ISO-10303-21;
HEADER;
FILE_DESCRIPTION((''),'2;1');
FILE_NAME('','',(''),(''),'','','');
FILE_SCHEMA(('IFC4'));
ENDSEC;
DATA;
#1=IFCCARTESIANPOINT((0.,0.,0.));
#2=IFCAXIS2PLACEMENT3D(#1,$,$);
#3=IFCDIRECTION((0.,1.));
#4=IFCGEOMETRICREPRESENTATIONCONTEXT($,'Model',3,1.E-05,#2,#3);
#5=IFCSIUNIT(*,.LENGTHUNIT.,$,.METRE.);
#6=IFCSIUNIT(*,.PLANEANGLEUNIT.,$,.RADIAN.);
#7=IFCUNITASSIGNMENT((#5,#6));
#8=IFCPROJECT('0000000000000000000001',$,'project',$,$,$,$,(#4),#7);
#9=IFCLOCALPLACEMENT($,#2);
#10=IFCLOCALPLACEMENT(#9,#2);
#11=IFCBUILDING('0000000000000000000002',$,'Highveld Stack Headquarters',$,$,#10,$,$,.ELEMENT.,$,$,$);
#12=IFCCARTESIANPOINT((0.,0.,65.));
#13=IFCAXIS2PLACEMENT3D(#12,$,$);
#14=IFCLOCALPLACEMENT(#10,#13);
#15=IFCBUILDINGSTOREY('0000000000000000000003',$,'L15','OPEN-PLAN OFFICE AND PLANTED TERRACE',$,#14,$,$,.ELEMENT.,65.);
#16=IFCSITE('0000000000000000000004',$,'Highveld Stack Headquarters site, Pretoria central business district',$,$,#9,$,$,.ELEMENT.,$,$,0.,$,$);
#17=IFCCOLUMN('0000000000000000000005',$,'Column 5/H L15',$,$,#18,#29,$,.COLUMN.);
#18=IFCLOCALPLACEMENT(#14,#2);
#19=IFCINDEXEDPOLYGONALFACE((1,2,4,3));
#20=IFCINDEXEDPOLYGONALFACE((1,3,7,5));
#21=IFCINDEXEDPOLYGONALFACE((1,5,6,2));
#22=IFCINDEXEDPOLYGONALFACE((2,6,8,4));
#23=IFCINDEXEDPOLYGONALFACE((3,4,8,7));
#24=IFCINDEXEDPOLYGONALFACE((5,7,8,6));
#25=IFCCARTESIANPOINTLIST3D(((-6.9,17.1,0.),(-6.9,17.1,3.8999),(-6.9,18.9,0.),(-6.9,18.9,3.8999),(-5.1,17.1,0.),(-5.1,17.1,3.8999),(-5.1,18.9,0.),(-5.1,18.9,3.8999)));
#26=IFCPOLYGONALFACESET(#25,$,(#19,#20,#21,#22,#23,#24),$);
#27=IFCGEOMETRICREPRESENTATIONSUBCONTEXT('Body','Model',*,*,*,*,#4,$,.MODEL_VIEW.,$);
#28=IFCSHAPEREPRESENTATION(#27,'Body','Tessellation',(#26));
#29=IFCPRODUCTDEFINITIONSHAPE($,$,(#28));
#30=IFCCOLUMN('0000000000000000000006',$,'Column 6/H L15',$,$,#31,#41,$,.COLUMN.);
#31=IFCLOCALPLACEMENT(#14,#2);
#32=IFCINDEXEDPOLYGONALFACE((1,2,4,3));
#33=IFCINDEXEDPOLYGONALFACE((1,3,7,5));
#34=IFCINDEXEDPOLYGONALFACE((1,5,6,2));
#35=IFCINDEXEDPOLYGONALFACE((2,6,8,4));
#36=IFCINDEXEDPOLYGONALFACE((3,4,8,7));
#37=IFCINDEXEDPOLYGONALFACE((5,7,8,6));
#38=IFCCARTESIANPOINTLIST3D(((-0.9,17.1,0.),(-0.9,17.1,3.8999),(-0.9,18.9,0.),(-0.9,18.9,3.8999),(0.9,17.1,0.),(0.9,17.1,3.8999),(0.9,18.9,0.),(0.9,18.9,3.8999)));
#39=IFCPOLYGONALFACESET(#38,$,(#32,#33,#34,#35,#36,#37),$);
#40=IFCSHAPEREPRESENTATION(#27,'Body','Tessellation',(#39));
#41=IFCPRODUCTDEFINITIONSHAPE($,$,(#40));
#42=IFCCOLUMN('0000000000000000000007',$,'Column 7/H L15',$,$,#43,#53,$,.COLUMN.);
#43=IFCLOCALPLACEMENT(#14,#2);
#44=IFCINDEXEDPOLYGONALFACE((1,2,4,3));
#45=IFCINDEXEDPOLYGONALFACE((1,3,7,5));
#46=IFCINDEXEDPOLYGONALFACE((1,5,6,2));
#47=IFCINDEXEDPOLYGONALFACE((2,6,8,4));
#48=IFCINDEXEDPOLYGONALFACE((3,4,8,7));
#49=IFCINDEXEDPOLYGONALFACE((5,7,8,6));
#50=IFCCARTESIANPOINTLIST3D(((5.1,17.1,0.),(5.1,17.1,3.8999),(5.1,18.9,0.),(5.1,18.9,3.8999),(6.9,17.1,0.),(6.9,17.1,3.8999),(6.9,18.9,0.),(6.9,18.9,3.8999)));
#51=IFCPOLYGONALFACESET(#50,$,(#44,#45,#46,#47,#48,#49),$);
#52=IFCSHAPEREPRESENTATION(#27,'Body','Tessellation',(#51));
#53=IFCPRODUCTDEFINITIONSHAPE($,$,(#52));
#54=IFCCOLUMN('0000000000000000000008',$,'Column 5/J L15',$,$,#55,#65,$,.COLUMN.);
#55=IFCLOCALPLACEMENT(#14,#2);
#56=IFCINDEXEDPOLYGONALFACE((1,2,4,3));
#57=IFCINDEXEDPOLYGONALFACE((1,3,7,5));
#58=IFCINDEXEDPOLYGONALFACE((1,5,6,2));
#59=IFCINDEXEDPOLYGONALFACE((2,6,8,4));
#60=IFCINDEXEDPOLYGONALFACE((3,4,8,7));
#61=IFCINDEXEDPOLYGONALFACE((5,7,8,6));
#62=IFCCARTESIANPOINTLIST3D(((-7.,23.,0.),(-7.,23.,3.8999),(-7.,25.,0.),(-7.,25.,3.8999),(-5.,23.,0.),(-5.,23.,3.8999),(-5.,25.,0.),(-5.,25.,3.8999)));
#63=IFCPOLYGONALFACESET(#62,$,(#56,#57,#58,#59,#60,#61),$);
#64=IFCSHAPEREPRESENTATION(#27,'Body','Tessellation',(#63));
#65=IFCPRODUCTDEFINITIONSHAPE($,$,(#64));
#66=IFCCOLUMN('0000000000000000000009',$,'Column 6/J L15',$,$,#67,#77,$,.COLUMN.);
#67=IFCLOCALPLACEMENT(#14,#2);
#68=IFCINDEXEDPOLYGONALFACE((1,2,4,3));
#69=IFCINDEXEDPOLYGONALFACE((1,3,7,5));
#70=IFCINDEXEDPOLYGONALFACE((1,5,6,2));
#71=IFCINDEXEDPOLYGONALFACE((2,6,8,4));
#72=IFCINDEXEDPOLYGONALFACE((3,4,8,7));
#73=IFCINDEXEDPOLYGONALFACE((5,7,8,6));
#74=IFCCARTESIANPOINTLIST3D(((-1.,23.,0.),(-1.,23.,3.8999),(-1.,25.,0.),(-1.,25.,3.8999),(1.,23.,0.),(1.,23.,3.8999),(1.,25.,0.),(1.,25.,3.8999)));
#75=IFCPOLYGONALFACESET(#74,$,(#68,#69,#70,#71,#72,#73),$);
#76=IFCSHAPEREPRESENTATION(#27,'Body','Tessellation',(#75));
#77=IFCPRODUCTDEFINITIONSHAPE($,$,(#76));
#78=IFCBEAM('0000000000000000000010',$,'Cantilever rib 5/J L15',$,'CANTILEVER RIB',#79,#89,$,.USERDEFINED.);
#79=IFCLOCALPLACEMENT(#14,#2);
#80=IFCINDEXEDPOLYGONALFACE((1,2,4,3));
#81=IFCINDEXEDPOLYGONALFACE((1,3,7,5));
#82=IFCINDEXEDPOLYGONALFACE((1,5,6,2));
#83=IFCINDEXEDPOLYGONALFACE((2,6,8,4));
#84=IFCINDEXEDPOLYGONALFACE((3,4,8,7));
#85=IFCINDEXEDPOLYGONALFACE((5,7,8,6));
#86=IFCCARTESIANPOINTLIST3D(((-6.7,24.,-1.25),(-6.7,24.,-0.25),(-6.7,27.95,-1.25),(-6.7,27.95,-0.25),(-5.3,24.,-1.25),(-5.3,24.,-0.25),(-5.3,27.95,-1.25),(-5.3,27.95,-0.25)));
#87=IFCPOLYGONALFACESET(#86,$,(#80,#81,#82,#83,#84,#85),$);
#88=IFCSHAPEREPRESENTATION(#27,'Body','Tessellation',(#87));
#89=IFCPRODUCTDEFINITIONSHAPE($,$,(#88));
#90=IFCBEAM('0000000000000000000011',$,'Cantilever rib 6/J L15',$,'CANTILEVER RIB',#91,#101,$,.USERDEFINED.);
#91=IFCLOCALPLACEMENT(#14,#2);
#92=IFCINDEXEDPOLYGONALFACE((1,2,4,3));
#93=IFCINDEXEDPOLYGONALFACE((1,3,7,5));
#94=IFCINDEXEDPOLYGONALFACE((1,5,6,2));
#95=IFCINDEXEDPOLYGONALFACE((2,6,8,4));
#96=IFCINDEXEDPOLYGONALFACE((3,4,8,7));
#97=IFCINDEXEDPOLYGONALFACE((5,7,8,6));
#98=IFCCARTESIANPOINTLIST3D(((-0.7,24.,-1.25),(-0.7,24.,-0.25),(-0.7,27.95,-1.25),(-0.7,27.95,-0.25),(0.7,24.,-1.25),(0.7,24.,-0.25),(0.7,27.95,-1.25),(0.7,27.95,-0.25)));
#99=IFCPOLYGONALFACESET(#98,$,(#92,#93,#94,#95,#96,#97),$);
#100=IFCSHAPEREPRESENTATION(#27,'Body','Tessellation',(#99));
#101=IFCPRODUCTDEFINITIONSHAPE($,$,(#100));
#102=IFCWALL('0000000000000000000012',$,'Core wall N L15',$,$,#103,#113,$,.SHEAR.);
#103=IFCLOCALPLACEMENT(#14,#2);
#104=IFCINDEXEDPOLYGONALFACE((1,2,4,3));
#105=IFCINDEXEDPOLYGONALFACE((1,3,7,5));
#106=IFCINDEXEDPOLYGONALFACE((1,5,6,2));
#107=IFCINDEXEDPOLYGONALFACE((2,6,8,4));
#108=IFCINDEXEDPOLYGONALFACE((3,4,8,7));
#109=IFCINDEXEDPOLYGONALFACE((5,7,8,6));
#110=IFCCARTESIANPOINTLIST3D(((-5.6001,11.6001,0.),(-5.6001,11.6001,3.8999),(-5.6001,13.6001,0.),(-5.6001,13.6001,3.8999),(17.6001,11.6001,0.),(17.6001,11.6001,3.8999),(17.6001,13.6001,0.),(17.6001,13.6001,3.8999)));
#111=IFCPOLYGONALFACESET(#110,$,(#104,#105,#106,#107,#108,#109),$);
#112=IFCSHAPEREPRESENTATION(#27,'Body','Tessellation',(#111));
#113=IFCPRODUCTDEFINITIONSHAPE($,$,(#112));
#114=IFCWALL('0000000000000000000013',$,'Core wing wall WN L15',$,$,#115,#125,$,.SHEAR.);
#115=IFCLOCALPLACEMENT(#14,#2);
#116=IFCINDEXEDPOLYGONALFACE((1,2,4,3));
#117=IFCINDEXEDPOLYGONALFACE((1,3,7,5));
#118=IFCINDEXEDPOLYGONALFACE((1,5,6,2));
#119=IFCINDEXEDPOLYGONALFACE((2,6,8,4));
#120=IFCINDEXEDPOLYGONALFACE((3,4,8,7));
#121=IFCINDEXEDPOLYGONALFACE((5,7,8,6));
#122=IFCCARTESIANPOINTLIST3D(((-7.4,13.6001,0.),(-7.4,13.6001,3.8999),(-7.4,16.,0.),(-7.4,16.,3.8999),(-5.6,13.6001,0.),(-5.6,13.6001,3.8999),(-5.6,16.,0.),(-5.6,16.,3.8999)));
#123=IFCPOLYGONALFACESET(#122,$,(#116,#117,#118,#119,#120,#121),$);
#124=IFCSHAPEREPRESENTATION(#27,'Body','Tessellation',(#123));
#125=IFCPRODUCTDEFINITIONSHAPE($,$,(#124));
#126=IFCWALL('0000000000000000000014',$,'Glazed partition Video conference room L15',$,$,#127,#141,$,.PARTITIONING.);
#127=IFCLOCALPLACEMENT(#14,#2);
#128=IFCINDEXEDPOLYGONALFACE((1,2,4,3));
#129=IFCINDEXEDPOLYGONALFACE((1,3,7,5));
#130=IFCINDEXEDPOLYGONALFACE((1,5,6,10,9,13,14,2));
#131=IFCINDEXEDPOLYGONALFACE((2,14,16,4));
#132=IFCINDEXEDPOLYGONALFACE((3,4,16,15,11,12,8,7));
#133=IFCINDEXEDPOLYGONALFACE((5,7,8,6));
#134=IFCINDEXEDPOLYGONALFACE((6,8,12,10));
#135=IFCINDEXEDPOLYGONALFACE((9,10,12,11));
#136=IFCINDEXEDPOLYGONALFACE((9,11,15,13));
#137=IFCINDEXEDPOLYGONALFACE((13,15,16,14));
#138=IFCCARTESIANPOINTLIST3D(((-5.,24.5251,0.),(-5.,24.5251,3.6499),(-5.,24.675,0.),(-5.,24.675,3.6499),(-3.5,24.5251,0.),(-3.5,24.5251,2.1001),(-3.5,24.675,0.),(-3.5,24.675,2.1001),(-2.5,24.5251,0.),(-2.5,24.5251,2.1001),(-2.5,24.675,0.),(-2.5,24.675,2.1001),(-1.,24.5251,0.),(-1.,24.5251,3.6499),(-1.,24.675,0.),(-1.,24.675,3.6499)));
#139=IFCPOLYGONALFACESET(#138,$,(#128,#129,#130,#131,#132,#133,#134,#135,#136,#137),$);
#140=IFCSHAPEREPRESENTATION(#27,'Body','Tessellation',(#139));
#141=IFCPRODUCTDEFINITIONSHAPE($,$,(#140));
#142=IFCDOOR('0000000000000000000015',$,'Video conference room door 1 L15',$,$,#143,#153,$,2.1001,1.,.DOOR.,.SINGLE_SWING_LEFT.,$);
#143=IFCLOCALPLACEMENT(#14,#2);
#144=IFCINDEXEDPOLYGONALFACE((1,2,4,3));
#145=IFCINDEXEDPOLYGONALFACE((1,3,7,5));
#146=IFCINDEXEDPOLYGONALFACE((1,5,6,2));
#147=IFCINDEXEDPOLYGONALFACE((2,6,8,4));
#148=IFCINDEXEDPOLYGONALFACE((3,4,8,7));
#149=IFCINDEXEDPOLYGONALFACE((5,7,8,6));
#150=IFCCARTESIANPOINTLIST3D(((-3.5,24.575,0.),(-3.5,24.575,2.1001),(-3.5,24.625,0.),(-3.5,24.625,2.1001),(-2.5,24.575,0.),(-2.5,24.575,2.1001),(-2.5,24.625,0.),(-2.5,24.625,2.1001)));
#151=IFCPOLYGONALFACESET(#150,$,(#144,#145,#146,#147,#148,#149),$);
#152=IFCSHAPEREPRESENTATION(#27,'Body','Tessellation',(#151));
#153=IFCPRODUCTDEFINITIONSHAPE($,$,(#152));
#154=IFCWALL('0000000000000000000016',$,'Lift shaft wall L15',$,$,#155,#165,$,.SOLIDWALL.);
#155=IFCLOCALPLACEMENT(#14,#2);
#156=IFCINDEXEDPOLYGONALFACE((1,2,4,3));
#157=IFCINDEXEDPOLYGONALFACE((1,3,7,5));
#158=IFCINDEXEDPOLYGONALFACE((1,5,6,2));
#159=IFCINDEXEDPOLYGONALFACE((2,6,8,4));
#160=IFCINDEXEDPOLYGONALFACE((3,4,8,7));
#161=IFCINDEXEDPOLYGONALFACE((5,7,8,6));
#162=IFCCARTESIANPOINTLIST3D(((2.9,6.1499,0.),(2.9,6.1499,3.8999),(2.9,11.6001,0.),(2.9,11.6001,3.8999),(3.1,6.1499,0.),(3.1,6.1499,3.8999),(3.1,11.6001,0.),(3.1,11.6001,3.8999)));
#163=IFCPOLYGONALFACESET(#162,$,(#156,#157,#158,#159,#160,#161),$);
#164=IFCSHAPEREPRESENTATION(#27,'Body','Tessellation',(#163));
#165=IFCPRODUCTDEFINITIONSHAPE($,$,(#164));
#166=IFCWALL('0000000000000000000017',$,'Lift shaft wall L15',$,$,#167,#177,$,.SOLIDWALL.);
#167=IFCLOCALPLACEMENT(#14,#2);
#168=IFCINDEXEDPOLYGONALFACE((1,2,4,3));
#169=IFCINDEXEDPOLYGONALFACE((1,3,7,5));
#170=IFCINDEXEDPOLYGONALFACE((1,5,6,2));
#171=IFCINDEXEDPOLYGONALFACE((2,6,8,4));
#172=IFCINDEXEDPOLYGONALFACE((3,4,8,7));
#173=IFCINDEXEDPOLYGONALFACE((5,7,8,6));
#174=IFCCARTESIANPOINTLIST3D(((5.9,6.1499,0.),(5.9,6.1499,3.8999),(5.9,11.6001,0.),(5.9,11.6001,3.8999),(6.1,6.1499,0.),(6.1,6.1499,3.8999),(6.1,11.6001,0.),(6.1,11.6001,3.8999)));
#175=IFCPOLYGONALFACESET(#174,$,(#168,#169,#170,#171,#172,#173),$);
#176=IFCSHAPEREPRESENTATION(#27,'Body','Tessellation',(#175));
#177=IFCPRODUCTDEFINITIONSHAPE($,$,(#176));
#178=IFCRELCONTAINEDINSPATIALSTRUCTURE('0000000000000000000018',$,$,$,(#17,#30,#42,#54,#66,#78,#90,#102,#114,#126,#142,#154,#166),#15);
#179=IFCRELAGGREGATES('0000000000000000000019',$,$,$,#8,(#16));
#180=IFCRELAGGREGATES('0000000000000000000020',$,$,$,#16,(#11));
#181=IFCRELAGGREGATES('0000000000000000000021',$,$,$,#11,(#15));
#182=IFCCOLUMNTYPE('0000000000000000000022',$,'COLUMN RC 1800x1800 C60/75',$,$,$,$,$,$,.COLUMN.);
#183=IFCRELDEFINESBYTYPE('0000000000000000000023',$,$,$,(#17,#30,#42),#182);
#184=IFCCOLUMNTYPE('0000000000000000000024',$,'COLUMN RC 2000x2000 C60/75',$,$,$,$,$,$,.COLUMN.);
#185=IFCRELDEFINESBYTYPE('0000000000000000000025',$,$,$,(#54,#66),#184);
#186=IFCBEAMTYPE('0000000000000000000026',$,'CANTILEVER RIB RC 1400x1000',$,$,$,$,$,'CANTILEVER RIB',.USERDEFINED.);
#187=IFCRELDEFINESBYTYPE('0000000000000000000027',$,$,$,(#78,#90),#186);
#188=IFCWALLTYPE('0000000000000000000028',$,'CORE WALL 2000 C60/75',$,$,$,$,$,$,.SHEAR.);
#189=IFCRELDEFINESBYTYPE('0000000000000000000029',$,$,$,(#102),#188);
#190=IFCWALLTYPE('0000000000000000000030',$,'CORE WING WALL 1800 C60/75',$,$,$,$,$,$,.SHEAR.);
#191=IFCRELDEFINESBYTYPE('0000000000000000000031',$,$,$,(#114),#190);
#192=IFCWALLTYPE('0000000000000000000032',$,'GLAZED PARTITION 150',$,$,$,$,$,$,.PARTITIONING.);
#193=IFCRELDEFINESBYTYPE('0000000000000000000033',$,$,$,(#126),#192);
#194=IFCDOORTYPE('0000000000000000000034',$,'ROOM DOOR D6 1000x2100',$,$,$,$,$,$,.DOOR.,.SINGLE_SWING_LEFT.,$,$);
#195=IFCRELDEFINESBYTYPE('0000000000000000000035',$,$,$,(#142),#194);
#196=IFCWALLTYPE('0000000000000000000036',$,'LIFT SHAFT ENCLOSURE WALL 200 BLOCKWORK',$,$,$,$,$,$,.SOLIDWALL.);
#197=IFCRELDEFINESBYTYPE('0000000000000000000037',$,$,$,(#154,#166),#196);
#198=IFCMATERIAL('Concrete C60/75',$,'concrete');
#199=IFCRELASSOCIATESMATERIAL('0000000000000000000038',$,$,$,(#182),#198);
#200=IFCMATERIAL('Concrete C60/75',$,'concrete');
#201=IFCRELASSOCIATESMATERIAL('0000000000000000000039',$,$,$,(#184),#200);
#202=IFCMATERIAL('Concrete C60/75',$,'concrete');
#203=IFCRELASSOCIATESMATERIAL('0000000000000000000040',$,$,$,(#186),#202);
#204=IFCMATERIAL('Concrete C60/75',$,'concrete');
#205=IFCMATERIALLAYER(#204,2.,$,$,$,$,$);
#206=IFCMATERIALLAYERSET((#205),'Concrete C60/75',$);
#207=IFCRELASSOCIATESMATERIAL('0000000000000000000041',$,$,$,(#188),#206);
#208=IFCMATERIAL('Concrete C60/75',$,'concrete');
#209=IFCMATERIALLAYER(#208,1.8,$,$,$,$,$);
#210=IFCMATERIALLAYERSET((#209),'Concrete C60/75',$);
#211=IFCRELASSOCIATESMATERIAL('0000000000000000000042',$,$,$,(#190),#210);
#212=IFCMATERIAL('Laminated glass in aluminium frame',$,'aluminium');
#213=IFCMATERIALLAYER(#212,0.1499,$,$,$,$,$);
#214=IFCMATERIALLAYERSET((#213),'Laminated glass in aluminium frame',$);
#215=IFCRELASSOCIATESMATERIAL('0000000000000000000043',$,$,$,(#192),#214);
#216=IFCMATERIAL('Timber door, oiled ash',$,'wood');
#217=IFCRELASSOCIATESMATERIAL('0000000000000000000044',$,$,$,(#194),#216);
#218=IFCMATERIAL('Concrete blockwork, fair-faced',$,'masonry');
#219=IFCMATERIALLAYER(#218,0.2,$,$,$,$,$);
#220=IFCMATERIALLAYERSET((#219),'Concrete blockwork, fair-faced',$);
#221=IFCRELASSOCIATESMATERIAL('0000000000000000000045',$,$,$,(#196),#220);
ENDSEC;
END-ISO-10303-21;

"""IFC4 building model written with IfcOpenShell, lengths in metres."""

from ifc_helpers import new_model, si_unit, direction, frame, frame_2d, origin, origin_2d, place, context, subcontext, project, spatial, rectangle, extrude, material, layer, layer_set, material_profile, profile_set, type_object, element, fill, save


model = new_model("IFC4")

# Units and contexts
model_context = context("Model", 3, precision=1e-05, world=origin(), true_north=direction((0.0, 1.0)))
body_context = subcontext(model_context, "Body", "Model", "MODEL_VIEW")
ifc_project = project(units=[si_unit("LENGTHUNIT", "METRE"), si_unit("PLANEANGLEUNIT", "RADIAN")], contexts=[model_context])

# Site, building, storey
site_placement = place(None, origin())
site = spatial("IfcSite", under=ifc_project, at=site_placement, Name="Highveld Stack Headquarters site, Pretoria central business district", CompositionType="ELEMENT", RefElevation=0.0)
building_placement = place(site_placement, origin())
building = spatial("IfcBuilding", under=site, at=building_placement, Name="Highveld Stack Headquarters", CompositionType="ELEMENT")
storey_placement = place(building_placement, frame((0.0, 0.0, 65.0)))
storey = spatial("IfcBuildingStorey", under=building, at=storey_placement, Name="L15", Description="OPEN-PLAN OFFICE AND PLANTED TERRACE", CompositionType="ELEMENT", Elevation=65.0)

# Columns
ifc_material_1 = material(Name="Concrete C60/75", Category="concrete")
ifc_material_profile_1 = material_profile(ifc_material_1, rectangle(XDim=1.8, YDim=1.8, at=origin_2d()), Name="RC 1800x1800")
ifc_profile_set_1 = profile_set([ifc_material_profile_1], Name="Concrete C60/75")
column_type_1 = type_object("IfcColumnType", Name="COLUMN RC 1800x1800 C60/75", PredefinedType="COLUMN", material=ifc_profile_set_1)
for number, where, z_axis, x_axis, name in (
    (1, (-6.0, 18.0, 0.0), (0.0, 0.0, 1.0), (1.0, 0.0, 0.0), "Column 5/H L15"),
    (2, (0.0, 18.0, 0.0), (0.0, 0.0, 1.0), (1.0, 0.0, 0.0), "Column 6/H L15"),
    (3, (6.0, 18.0, 0.0), (0.0, 0.0, 1.0), (1.0, 0.0, 0.0), "Column 7/H L15"),
):
    element("IfcColumn", number, at=place(storey_placement, frame(where, z_axis=z_axis, x_axis=x_axis)), inside=storey, type_object=column_type_1, Name=name, PredefinedType="COLUMN", context=body_context, shape_type="SweptSolid", body=[
        extrude(rectangle(XDim=1.8, YDim=1.8, at=origin_2d()), origin(), (0.0, 0.0, 1.0), 3.8999),
    ])
ifc_material_2 = material(Name="Concrete C60/75", Category="concrete")
ifc_material_profile_2 = material_profile(ifc_material_2, rectangle(XDim=2.0, YDim=2.0, at=origin_2d()), Name="RC 2000x2000")
ifc_profile_set_2 = profile_set([ifc_material_profile_2], Name="Concrete C60/75")
column_type_2 = type_object("IfcColumnType", Name="COLUMN RC 2000x2000 C60/75", PredefinedType="COLUMN", material=ifc_profile_set_2)
for number, where, z_axis, x_axis, name in (
    (4, (-6.0, 24.0, 0.0), (0.0, 0.0, 1.0), (1.0, 0.0, 0.0), "Column 5/J L15"),
    (5, (0.0, 24.0, 0.0), (0.0, 0.0, 1.0), (1.0, 0.0, 0.0), "Column 6/J L15"),
):
    element("IfcColumn", number, at=place(storey_placement, frame(where, z_axis=z_axis, x_axis=x_axis)), inside=storey, type_object=column_type_2, Name=name, PredefinedType="COLUMN", context=body_context, shape_type="SweptSolid", body=[
        extrude(rectangle(XDim=2.0, YDim=2.0, at=origin_2d()), origin(), (0.0, 0.0, 1.0), 3.8999),
    ])

# Beams
ifc_material_3 = material(Name="Concrete C60/75", Category="concrete")
ifc_material_profile_3 = material_profile(ifc_material_3, rectangle(XDim=1.3999, YDim=1.0, at=origin_2d()), Name="RC 1400x1000")
ifc_profile_set_3 = profile_set([ifc_material_profile_3], Name="Concrete C60/75")
beam_type = type_object("IfcBeamType", Name="CANTILEVER RIB RC 1400x1000", ElementType="CANTILEVER RIB", PredefinedType="USERDEFINED", material=ifc_profile_set_3)
for number, where, z_axis, x_axis, name in (
    (6, (-6.0, 24.0, -0.75), (0.0, 1.0, 0.0), (-1.0, 0.0, 0.0), "Cantilever rib 5/J L15"),
    (7, (0.0, 24.0, -0.75), (0.0, 1.0, 0.0), (-1.0, 0.0, 0.0), "Cantilever rib 6/J L15"),
):
    element("IfcBeam", number, at=place(storey_placement, frame(where, z_axis=z_axis, x_axis=x_axis)), inside=storey, type_object=beam_type, Name=name, ObjectType="CANTILEVER RIB", PredefinedType="USERDEFINED", context=body_context, shape_type="SweptSolid", body=[
        extrude(rectangle(XDim=1.3999, YDim=1.0, at=origin_2d()), origin(), (0.0, 0.0, 1.0), 3.95),
    ])

# Walls
ifc_material_4 = material(Name="Concrete C60/75", Category="concrete")
ifc_layer_1 = layer(ifc_material_4, 2.0)
ifc_layer_set_1 = layer_set([ifc_layer_1], Name="Concrete C60/75")
wall_type_1 = type_object("IfcWallType", Name="CORE WALL 2000 C60/75", PredefinedType="SHEAR", material=ifc_layer_set_1)
wall_1_placement = place(storey_placement, frame((-5.6001, 12.6001, 0.0), z_axis=(0.0, 0.0, 1.0), x_axis=(1.0, 0.0, 0.0)))
element("IfcWall", 8, at=wall_1_placement, inside=storey, type_object=wall_type_1, Name="Core wall N L15", PredefinedType="SHEAR", context=body_context, shape_type="SweptSolid", body=[
    extrude(rectangle(XDim=23.2002, YDim=2.0, at=frame_2d((11.6001, 0.0))), origin(), (0.0, 0.0, 1.0), 3.8999),
])
ifc_material_5 = material(Name="Concrete C60/75", Category="concrete")
ifc_layer_2 = layer(ifc_material_5, 1.8)
ifc_layer_set_2 = layer_set([ifc_layer_2], Name="Concrete C60/75")
wall_type_2 = type_object("IfcWallType", Name="CORE WING WALL 1800 C60/75", PredefinedType="SHEAR", material=ifc_layer_set_2)
wall_2_placement = place(storey_placement, frame((-6.5, 13.6001, 0.0), z_axis=(0.0, 0.0, 1.0), x_axis=(0.0, 1.0, 0.0)))
element("IfcWall", 9, at=wall_2_placement, inside=storey, type_object=wall_type_2, Name="Core wing wall WN L15", PredefinedType="SHEAR", context=body_context, shape_type="SweptSolid", body=[
    extrude(rectangle(XDim=2.3999, YDim=1.8, at=frame_2d((1.2, 0.0))), origin(), (0.0, 0.0, 1.0), 3.8999),
])

# Wall, opening, door
ifc_material_6 = material(Name="Laminated glass in aluminium frame", Category="aluminium")
ifc_layer_3 = layer(ifc_material_6, 0.1499)
ifc_layer_set_3 = layer_set([ifc_layer_3], Name="Laminated glass in aluminium frame")
wall_type_3 = type_object("IfcWallType", Name="GLAZED PARTITION 150", PredefinedType="PARTITIONING", material=ifc_layer_set_3)
wall_3_placement = place(storey_placement, frame((-5.0, 24.6001, 0.0), z_axis=(0.0, 0.0, 1.0), x_axis=(1.0, 0.0, 0.0)))
wall_3 = element("IfcWall", 10, at=wall_3_placement, inside=storey, type_object=wall_type_3, Name="Glazed partition Video conference room L15", PredefinedType="PARTITIONING", context=body_context, shape_type="SweptSolid", body=[
    extrude(rectangle(XDim=4.0, YDim=0.1499, at=frame_2d((2.0, 0.0))), origin(), (0.0, 0.0, 1.0), 3.6499),
])
opening_1_placement = place(wall_3_placement, frame((1.5, 0.0, 0.0)))
opening_1 = element("IfcOpeningElement", 11, at=opening_1_placement, cuts=wall_3, PredefinedType="OPENING", context=body_context, shape_type="SweptSolid", body=[
    extrude(rectangle(XDim=1.0, YDim=2.1001, at=frame_2d((0.5, 1.05))), frame((0.0, 0.085, 0.0), z_axis=(0.0, -1.0, 0.0), x_axis=(1.0, 0.0, 0.0)), (0.0, 0.0, 1.0), 0.1699),
])
ifc_material_7 = material(Name="Timber door, oiled ash", Category="wood")
door_type = type_object("IfcDoorType", Name="ROOM DOOR D6 1000x2100", OperationType="SINGLE_SWING_LEFT", PredefinedType="DOOR", material=ifc_material_7)
door_1_placement = place(opening_1_placement, origin())
door_1 = element("IfcDoor", 12, at=door_1_placement, inside=storey, type_object=door_type, Name="Video conference room door 1 L15", OperationType="SINGLE_SWING_LEFT", OverallHeight=2.1001, OverallWidth=1.0, PredefinedType="DOOR", context=body_context, shape_type="SweptSolid", body=[
    extrude(rectangle(XDim=1.0, YDim=2.1001, at=frame_2d((0.5, 1.05))), frame((0.0, 0.0249, 0.0), z_axis=(0.0, -1.0, 0.0), x_axis=(1.0, 0.0, 0.0)), (0.0, 0.0, 1.0), 0.05),
])
fill(opening_1, door_1)

# Walls
ifc_material_8 = material(Name="Concrete blockwork, fair-faced", Category="masonry")
ifc_layer_4 = layer(ifc_material_8, 0.2)
ifc_layer_set_4 = layer_set([ifc_layer_4], Name="Concrete blockwork, fair-faced")
wall_type_4 = type_object("IfcWallType", Name="LIFT SHAFT ENCLOSURE WALL 200 BLOCKWORK", PredefinedType="SOLIDWALL", material=ifc_layer_set_4)
for number, where, z_axis, x_axis, name in (
    (13, (3.0, 6.1499, 0.0), (0.0, 0.0, 1.0), (0.0, 1.0, 0.0), "Lift shaft wall L15"),
    (14, (6.0, 6.1499, 0.0), (0.0, 0.0, 1.0), (0.0, 1.0, 0.0), "Lift shaft wall L15"),
):
    element("IfcWall", number, at=place(storey_placement, frame(where, z_axis=z_axis, x_axis=x_axis)), inside=storey, type_object=wall_type_4, Name=name, PredefinedType="SOLIDWALL", context=body_context, shape_type="SweptSolid", body=[
        extrude(rectangle(XDim=5.4502, YDim=0.2, at=frame_2d((2.7251, 0.0))), origin(), (0.0, 0.0, 1.0), 3.8999),
    ])

save(model, "model.ifc")
